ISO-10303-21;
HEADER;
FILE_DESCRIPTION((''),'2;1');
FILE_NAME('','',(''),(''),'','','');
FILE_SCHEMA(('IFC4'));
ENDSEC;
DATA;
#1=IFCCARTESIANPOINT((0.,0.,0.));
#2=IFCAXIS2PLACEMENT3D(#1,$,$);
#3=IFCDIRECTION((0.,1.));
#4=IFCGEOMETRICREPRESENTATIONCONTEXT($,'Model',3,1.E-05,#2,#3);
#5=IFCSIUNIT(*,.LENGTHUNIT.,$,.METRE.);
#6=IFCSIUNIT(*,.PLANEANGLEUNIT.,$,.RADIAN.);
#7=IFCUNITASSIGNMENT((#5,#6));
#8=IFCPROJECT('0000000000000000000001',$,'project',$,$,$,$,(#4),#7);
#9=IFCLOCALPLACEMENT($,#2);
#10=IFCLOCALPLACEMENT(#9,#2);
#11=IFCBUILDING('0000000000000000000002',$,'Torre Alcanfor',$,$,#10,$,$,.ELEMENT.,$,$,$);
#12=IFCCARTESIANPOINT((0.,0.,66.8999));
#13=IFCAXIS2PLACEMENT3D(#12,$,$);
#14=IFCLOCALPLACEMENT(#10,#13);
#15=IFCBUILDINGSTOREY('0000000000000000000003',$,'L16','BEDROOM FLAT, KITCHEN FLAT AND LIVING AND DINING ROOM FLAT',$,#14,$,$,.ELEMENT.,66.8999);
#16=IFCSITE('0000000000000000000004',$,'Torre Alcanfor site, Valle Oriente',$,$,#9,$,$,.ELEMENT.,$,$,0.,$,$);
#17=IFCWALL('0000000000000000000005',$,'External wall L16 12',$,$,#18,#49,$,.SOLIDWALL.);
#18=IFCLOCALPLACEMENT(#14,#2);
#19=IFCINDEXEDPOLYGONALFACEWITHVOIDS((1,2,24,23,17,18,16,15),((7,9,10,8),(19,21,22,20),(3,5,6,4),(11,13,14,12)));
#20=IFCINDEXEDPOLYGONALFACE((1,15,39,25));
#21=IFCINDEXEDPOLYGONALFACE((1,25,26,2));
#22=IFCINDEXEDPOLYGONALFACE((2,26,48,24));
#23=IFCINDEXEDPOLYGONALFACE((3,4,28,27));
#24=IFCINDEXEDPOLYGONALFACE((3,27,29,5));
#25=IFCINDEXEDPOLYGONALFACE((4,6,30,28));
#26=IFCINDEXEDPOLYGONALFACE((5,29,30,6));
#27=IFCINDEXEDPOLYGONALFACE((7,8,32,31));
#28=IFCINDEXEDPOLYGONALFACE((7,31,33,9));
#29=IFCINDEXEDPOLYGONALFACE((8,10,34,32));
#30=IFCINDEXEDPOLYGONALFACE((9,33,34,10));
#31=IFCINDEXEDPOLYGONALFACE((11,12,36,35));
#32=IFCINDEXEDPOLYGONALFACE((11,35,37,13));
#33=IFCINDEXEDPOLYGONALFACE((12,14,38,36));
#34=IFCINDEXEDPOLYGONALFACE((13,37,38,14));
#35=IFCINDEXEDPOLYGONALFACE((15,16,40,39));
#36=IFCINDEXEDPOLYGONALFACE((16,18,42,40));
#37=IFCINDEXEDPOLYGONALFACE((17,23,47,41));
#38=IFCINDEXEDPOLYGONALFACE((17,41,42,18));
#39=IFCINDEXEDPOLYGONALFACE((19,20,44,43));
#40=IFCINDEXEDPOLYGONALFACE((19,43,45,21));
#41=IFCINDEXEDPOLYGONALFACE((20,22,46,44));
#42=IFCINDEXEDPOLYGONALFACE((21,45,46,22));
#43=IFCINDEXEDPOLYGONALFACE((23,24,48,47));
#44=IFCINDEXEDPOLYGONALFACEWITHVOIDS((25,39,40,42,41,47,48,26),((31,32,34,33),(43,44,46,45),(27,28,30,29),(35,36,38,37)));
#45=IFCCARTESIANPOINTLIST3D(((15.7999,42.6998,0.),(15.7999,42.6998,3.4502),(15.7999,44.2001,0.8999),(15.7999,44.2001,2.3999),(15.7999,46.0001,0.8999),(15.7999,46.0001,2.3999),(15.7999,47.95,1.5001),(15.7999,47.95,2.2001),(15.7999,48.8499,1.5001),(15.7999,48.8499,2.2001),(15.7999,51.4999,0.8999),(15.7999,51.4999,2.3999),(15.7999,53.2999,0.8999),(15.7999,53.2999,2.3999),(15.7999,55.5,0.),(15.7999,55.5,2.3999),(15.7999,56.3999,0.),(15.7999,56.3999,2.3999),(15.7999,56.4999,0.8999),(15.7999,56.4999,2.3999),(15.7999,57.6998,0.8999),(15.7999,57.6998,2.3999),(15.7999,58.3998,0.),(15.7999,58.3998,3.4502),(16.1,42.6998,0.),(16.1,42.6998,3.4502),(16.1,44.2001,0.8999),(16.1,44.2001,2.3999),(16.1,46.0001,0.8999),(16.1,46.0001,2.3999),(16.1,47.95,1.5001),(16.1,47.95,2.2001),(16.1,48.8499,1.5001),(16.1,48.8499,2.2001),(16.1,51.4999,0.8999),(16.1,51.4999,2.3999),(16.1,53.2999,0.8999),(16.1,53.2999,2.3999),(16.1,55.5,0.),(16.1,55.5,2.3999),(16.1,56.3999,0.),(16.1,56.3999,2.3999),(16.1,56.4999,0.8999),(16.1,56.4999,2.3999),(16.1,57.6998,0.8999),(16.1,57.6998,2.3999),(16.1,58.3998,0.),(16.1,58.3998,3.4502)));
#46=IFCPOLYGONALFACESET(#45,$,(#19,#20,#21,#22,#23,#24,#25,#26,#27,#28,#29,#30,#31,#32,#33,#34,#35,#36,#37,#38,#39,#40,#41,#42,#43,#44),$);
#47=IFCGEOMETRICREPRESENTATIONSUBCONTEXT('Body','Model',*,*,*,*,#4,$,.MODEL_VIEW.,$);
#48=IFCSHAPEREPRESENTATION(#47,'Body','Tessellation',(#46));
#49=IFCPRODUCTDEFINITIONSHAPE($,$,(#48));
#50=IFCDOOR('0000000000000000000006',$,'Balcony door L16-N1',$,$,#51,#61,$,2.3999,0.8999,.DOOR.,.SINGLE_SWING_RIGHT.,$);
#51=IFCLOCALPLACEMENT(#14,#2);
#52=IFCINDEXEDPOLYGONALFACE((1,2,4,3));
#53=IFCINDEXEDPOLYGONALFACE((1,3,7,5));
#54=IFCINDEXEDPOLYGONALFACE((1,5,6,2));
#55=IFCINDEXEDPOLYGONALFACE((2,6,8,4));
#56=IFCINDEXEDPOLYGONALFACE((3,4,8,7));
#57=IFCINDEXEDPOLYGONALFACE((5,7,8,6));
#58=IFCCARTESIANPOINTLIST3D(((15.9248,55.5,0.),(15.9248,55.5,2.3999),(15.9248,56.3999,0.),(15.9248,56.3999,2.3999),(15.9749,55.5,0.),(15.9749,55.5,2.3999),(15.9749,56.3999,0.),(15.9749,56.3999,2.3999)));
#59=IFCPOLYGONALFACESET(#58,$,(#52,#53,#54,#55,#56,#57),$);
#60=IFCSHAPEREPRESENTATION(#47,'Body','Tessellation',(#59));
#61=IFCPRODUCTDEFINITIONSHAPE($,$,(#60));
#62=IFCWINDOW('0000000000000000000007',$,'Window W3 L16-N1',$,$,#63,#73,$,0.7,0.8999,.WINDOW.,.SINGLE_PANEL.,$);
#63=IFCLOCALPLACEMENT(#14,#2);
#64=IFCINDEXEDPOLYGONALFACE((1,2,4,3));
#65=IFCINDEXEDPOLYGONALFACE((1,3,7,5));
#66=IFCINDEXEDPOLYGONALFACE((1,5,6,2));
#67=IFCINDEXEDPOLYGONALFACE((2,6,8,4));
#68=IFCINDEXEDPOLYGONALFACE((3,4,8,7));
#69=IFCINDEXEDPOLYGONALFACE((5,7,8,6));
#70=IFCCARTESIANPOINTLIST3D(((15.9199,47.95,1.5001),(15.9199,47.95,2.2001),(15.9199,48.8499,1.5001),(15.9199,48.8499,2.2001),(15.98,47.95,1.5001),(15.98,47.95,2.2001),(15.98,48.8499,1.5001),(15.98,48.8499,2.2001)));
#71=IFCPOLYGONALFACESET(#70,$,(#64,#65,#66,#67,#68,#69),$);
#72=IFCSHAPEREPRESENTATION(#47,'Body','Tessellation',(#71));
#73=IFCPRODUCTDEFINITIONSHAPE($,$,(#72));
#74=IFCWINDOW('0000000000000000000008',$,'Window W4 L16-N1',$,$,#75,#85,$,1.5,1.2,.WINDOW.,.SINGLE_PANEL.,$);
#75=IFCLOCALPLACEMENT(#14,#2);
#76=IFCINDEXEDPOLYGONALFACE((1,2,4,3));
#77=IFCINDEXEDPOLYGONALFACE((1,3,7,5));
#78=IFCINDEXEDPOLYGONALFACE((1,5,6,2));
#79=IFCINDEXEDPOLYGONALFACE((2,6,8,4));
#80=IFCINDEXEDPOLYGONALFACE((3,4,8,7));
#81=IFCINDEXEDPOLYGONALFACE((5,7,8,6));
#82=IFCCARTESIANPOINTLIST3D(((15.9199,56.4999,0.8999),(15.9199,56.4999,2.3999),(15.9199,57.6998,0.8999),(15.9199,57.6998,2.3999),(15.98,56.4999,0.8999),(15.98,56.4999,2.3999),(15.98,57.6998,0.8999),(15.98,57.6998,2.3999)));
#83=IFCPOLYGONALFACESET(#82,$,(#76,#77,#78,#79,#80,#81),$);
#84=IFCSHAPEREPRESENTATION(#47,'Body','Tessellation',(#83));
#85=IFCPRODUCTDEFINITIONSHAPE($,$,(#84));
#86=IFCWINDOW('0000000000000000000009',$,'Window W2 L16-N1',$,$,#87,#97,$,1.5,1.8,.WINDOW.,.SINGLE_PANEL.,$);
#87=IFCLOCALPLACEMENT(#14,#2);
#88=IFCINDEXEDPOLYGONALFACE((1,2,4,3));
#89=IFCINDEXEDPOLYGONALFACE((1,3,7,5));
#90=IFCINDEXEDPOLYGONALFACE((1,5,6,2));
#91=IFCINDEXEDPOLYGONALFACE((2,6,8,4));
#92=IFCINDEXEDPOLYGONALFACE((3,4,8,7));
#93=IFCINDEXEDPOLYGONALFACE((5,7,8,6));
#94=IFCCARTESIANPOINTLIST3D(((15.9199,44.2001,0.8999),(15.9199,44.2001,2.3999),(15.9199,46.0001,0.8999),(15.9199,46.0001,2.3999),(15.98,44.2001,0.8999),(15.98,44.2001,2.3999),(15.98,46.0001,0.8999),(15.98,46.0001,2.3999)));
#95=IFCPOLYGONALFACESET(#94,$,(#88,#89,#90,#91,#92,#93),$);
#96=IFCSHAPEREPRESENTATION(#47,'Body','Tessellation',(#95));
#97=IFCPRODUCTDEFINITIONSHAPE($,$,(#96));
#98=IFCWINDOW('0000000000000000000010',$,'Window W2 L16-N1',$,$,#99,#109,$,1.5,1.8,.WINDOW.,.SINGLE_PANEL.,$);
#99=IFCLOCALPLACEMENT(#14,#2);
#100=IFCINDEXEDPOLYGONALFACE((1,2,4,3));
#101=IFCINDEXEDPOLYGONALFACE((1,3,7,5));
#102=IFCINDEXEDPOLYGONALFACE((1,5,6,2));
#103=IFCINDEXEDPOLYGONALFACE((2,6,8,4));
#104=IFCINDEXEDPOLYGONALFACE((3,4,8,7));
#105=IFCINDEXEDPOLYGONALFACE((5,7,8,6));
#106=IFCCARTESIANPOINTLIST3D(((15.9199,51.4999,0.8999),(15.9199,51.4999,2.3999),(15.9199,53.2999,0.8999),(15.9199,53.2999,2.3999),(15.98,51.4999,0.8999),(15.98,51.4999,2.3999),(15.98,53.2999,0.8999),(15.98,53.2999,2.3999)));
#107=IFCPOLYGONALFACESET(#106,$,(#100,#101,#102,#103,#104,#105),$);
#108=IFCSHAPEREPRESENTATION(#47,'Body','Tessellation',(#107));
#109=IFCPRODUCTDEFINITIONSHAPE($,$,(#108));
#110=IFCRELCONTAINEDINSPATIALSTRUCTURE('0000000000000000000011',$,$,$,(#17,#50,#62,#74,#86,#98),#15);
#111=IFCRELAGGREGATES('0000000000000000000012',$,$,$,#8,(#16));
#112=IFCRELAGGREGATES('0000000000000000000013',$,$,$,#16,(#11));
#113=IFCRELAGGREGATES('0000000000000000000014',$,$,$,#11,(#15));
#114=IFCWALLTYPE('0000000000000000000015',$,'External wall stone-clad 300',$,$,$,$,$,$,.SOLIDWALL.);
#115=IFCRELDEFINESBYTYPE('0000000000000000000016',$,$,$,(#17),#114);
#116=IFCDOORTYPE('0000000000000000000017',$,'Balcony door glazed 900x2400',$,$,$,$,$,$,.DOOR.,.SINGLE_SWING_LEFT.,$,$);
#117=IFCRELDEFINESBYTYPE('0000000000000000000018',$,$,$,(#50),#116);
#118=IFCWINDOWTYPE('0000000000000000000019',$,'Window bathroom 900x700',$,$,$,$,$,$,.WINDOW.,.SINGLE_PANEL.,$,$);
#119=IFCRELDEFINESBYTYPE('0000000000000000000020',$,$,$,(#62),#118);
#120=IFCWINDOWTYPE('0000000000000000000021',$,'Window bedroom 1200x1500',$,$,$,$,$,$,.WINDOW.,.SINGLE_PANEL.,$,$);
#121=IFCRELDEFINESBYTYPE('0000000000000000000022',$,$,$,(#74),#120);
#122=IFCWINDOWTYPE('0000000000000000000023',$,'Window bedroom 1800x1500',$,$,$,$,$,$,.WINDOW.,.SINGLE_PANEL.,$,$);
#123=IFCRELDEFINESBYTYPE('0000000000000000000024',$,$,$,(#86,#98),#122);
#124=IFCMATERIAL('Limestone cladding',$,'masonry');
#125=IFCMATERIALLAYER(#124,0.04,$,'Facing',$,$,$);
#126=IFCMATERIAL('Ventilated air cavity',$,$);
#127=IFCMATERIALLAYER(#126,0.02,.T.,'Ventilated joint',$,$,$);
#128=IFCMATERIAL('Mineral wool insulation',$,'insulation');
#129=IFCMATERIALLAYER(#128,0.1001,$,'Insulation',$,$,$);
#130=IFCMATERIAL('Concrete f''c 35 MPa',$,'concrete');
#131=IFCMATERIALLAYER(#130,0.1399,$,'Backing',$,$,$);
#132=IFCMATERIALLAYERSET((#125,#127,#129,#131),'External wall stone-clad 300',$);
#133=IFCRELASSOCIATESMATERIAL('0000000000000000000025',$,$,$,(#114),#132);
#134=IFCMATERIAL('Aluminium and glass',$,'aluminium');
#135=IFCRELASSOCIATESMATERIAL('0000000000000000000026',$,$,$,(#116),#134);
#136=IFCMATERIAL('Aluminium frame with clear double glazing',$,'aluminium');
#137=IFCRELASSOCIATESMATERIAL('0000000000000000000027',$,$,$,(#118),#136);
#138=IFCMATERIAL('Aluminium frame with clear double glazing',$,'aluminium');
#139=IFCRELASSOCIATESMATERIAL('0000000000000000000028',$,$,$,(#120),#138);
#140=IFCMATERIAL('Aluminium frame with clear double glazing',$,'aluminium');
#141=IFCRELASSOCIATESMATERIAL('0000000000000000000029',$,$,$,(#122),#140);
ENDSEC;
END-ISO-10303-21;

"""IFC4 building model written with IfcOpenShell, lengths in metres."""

from ifc_helpers import new_model, si_unit, direction, frame, frame_2d, origin, place, context, subcontext, project, spatial, rectangle, extrude, material, layer, layer_set, type_object, element, fill, save


model = new_model("IFC4")

# Units and contexts
model_context = context("Model", 3, precision=1e-05, world=origin(), true_north=direction((0.0, 1.0)))
body_context = subcontext(model_context, "Body", "Model", "MODEL_VIEW")
ifc_project = project(units=[si_unit("LENGTHUNIT", "METRE"), si_unit("PLANEANGLEUNIT", "RADIAN")], contexts=[model_context])

# Site, building, storey
site_placement = place(None, origin())
site = spatial("IfcSite", under=ifc_project, at=site_placement, Name="Torre Alcanfor site, Valle Oriente", CompositionType="ELEMENT", RefElevation=0.0)
building_placement = place(site_placement, origin())
building = spatial("IfcBuilding", under=site, at=building_placement, Name="Torre Alcanfor", CompositionType="ELEMENT")
storey_placement = place(building_placement, frame((0.0, 0.0, 66.8999)))
storey = spatial("IfcBuildingStorey", under=building, at=storey_placement, Name="L16", Description="BEDROOM FLAT, KITCHEN FLAT AND LIVING AND DINING ROOM FLAT", CompositionType="ELEMENT", Elevation=66.8999)

# Wall, openings, door, windows
ifc_material_1 = material(Name="Limestone cladding", Category="masonry")
ifc_layer_1 = layer(ifc_material_1, 0.04, Name="Facing")
ifc_material_2 = material(Name="Ventilated air cavity")
ifc_layer_2 = layer(ifc_material_2, 0.02, ventilated=True, Name="Ventilated joint")
ifc_material_3 = material(Name="Mineral wool insulation", Category="insulation")
ifc_layer_3 = layer(ifc_material_3, 0.1001, Name="Insulation")
ifc_material_4 = material(Name="Concrete f'c 35 MPa", Category="concrete")
ifc_layer_4 = layer(ifc_material_4, 0.1399, Name="Backing")
ifc_layer_set_1 = layer_set([ifc_layer_1, ifc_layer_2, ifc_layer_3, ifc_layer_4], Name="External wall stone-clad 300")
wall_type_1 = type_object("IfcWallType", Name="External wall stone-clad 300", PredefinedType="SOLIDWALL", material=ifc_layer_set_1)
ifc_material_5 = material(Name="Aluminium and glass", Category="aluminium")
door_type = type_object("IfcDoorType", Name="Balcony door glazed 900x2400", OperationType="SINGLE_SWING_LEFT", PredefinedType="DOOR", material=ifc_material_5)
ifc_material_6 = material(Name="Aluminium frame with clear double glazing", Category="aluminium")
window_type_1 = type_object("IfcWindowType", Name="Window bathroom 900x700", PartitioningType="SINGLE_PANEL", PredefinedType="WINDOW", material=ifc_material_6)
ifc_material_7 = material(Name="Aluminium frame with clear double glazing", Category="aluminium")
window_type_2 = type_object("IfcWindowType", Name="Window bedroom 1200x1500", PartitioningType="SINGLE_PANEL", PredefinedType="WINDOW", material=ifc_material_7)
ifc_material_8 = material(Name="Aluminium frame with clear double glazing", Category="aluminium")
window_type_3 = type_object("IfcWindowType", Name="Window bedroom 1800x1500", PartitioningType="SINGLE_PANEL", PredefinedType="WINDOW", material=ifc_material_8)
wall_1_placement = place(storey_placement, frame((15.95, 58.3999, 0.0), z_axis=(0.0, 0.0, 1.0), x_axis=(0.0, -1.0, 0.0)))
wall_1 = element("IfcWall", 1, at=wall_1_placement, inside=storey, type_object=wall_type_1, Name="External wall L16 12", PredefinedType="SOLIDWALL", context=body_context, shape_type="SweptSolid", body=[
    extrude(rectangle(XDim=15.7, YDim=0.3, at=frame_2d((7.8501, 0.0))), origin(), (0.0, 0.0, 1.0), 3.4502),
])
opening_1_placement = place(wall_1_placement, frame((12.3999, 0.0, 0.8999)))
opening_1 = element("IfcOpeningElement", 2, at=opening_1_placement, cuts=wall_1, PredefinedType="OPENING", context=body_context, shape_type="SweptSolid", body=[
    extrude(rectangle(XDim=1.8, YDim=1.5, at=frame_2d((0.8999, 0.75))), frame((0.0, 0.1599, 0.0), z_axis=(0.0, -1.0, 0.0), x_axis=(1.0, 0.0, 0.0)), (0.0, 0.0, 1.0), 0.3201),
])
opening_2_placement = place(wall_1_placement, frame((9.55, 0.0, 1.5)))
opening_2 = element("IfcOpeningElement", 3, at=opening_2_placement, cuts=wall_1, PredefinedType="OPENING", context=body_context, shape_type="SweptSolid", body=[
    extrude(rectangle(XDim=0.8999, YDim=0.7, at=frame_2d((0.45, 0.3501))), frame((0.0, 0.1599, 0.0), z_axis=(0.0, -1.0, 0.0), x_axis=(1.0, 0.0, 0.0)), (0.0, 0.0, 1.0), 0.3201),
])
opening_3_placement = place(wall_1_placement, frame((5.1001, 0.0, 0.8999)))
opening_3 = element("IfcOpeningElement", 4, at=opening_3_placement, cuts=wall_1, PredefinedType="OPENING", context=body_context, shape_type="SweptSolid", body=[
    extrude(rectangle(XDim=1.8, YDim=1.5, at=frame_2d((0.8999, 0.75))), frame((0.0, 0.1599, 0.0), z_axis=(0.0, -1.0, 0.0), x_axis=(1.0, 0.0, 0.0)), (0.0, 0.0, 1.0), 0.3201),
])
opening_4_placement = place(wall_1_placement, frame((2.0, 0.0, 0.0)))
opening_4 = element("IfcOpeningElement", 5, at=opening_4_placement, cuts=wall_1, PredefinedType="OPENING", context=body_context, shape_type="SweptSolid", body=[
    extrude(rectangle(XDim=0.8999, YDim=2.3999, at=frame_2d((0.45, 1.2))), frame((0.0, 0.1599, 0.0), z_axis=(0.0, -1.0, 0.0), x_axis=(1.0, 0.0, 0.0)), (0.0, 0.0, 1.0), 0.3201),
])
opening_5_placement = place(wall_1_placement, frame((0.7, 0.0, 0.8999)))
opening_5 = element("IfcOpeningElement", 6, at=opening_5_placement, cuts=wall_1, PredefinedType="OPENING", context=body_context, shape_type="SweptSolid", body=[
    extrude(rectangle(XDim=1.2, YDim=1.5, at=frame_2d((0.6001, 0.75))), frame((0.0, 0.1599, 0.0), z_axis=(0.0, -1.0, 0.0), x_axis=(1.0, 0.0, 0.0)), (0.0, 0.0, 1.0), 0.3201),
])
door_1_placement = place(opening_4_placement, origin())
door_1 = element("IfcDoor", 7, at=door_1_placement, inside=storey, type_object=door_type, Name="Balcony door L16-N1", OperationType="SINGLE_SWING_RIGHT", OverallHeight=2.3999, OverallWidth=0.8999, PredefinedType="DOOR", context=body_context, shape_type="SweptSolid", body=[
    extrude(rectangle(XDim=0.8999, YDim=2.3999, at=frame_2d((0.45, 1.2))), frame((0.0, 0.0249, 0.0), z_axis=(0.0, -1.0, 0.0), x_axis=(1.0, 0.0, 0.0)), (0.0, 0.0, 1.0), 0.05),
])
fill(opening_4, door_1)
window_1_placement = place(opening_2_placement, origin())
window_1 = element("IfcWindow", 8, at=window_1_placement, inside=storey, type_object=window_type_1, Name="Window W3 L16-N1", OverallHeight=0.7, OverallWidth=0.8999, PartitioningType="SINGLE_PANEL", PredefinedType="WINDOW", context=body_context, shape_type="SweptSolid", body=[
    extrude(rectangle(XDim=0.8999, YDim=0.7, at=frame_2d((0.45, 0.3501))), frame((0.0, 0.03, 0.0), z_axis=(0.0, -1.0, 0.0), x_axis=(1.0, 0.0, 0.0)), (0.0, 0.0, 1.0), 0.0601),
])
fill(opening_2, window_1)
window_2_placement = place(opening_5_placement, origin())
window_2 = element("IfcWindow", 9, at=window_2_placement, inside=storey, type_object=window_type_2, Name="Window W4 L16-N1", OverallHeight=1.5, OverallWidth=1.2, PartitioningType="SINGLE_PANEL", PredefinedType="WINDOW", context=body_context, shape_type="SweptSolid", body=[
    extrude(rectangle(XDim=1.2, YDim=1.5, at=frame_2d((0.6001, 0.75))), frame((0.0, 0.03, 0.0), z_axis=(0.0, -1.0, 0.0), x_axis=(1.0, 0.0, 0.0)), (0.0, 0.0, 1.0), 0.0601),
])
fill(opening_5, window_2)
window_3_placement = place(opening_1_placement, origin())
window_3 = element("IfcWindow", 10, at=window_3_placement, inside=storey, type_object=window_type_3, Name="Window W2 L16-N1", OverallHeight=1.5, OverallWidth=1.8, PartitioningType="SINGLE_PANEL", PredefinedType="WINDOW", context=body_context, shape_type="SweptSolid", body=[
    extrude(rectangle(XDim=1.8, YDim=1.5, at=frame_2d((0.8999, 0.75))), frame((0.0, 0.03, 0.0), z_axis=(0.0, -1.0, 0.0), x_axis=(1.0, 0.0, 0.0)), (0.0, 0.0, 1.0), 0.0601),
])
fill(opening_1, window_3)
window_4_placement = place(opening_3_placement, origin())
window_4 = element("IfcWindow", 11, at=window_4_placement, inside=storey, type_object=window_type_3, Name="Window W2 L16-N1", OverallHeight=1.5, OverallWidth=1.8, PartitioningType="SINGLE_PANEL", PredefinedType="WINDOW", context=body_context, shape_type="SweptSolid", body=[
    extrude(rectangle(XDim=1.8, YDim=1.5, at=frame_2d((0.8999, 0.75))), frame((0.0, 0.03, 0.0), z_axis=(0.0, -1.0, 0.0), x_axis=(1.0, 0.0, 0.0)), (0.0, 0.0, 1.0), 0.0601),
])
fill(opening_3, window_4)

save(model, "model.ifc")
